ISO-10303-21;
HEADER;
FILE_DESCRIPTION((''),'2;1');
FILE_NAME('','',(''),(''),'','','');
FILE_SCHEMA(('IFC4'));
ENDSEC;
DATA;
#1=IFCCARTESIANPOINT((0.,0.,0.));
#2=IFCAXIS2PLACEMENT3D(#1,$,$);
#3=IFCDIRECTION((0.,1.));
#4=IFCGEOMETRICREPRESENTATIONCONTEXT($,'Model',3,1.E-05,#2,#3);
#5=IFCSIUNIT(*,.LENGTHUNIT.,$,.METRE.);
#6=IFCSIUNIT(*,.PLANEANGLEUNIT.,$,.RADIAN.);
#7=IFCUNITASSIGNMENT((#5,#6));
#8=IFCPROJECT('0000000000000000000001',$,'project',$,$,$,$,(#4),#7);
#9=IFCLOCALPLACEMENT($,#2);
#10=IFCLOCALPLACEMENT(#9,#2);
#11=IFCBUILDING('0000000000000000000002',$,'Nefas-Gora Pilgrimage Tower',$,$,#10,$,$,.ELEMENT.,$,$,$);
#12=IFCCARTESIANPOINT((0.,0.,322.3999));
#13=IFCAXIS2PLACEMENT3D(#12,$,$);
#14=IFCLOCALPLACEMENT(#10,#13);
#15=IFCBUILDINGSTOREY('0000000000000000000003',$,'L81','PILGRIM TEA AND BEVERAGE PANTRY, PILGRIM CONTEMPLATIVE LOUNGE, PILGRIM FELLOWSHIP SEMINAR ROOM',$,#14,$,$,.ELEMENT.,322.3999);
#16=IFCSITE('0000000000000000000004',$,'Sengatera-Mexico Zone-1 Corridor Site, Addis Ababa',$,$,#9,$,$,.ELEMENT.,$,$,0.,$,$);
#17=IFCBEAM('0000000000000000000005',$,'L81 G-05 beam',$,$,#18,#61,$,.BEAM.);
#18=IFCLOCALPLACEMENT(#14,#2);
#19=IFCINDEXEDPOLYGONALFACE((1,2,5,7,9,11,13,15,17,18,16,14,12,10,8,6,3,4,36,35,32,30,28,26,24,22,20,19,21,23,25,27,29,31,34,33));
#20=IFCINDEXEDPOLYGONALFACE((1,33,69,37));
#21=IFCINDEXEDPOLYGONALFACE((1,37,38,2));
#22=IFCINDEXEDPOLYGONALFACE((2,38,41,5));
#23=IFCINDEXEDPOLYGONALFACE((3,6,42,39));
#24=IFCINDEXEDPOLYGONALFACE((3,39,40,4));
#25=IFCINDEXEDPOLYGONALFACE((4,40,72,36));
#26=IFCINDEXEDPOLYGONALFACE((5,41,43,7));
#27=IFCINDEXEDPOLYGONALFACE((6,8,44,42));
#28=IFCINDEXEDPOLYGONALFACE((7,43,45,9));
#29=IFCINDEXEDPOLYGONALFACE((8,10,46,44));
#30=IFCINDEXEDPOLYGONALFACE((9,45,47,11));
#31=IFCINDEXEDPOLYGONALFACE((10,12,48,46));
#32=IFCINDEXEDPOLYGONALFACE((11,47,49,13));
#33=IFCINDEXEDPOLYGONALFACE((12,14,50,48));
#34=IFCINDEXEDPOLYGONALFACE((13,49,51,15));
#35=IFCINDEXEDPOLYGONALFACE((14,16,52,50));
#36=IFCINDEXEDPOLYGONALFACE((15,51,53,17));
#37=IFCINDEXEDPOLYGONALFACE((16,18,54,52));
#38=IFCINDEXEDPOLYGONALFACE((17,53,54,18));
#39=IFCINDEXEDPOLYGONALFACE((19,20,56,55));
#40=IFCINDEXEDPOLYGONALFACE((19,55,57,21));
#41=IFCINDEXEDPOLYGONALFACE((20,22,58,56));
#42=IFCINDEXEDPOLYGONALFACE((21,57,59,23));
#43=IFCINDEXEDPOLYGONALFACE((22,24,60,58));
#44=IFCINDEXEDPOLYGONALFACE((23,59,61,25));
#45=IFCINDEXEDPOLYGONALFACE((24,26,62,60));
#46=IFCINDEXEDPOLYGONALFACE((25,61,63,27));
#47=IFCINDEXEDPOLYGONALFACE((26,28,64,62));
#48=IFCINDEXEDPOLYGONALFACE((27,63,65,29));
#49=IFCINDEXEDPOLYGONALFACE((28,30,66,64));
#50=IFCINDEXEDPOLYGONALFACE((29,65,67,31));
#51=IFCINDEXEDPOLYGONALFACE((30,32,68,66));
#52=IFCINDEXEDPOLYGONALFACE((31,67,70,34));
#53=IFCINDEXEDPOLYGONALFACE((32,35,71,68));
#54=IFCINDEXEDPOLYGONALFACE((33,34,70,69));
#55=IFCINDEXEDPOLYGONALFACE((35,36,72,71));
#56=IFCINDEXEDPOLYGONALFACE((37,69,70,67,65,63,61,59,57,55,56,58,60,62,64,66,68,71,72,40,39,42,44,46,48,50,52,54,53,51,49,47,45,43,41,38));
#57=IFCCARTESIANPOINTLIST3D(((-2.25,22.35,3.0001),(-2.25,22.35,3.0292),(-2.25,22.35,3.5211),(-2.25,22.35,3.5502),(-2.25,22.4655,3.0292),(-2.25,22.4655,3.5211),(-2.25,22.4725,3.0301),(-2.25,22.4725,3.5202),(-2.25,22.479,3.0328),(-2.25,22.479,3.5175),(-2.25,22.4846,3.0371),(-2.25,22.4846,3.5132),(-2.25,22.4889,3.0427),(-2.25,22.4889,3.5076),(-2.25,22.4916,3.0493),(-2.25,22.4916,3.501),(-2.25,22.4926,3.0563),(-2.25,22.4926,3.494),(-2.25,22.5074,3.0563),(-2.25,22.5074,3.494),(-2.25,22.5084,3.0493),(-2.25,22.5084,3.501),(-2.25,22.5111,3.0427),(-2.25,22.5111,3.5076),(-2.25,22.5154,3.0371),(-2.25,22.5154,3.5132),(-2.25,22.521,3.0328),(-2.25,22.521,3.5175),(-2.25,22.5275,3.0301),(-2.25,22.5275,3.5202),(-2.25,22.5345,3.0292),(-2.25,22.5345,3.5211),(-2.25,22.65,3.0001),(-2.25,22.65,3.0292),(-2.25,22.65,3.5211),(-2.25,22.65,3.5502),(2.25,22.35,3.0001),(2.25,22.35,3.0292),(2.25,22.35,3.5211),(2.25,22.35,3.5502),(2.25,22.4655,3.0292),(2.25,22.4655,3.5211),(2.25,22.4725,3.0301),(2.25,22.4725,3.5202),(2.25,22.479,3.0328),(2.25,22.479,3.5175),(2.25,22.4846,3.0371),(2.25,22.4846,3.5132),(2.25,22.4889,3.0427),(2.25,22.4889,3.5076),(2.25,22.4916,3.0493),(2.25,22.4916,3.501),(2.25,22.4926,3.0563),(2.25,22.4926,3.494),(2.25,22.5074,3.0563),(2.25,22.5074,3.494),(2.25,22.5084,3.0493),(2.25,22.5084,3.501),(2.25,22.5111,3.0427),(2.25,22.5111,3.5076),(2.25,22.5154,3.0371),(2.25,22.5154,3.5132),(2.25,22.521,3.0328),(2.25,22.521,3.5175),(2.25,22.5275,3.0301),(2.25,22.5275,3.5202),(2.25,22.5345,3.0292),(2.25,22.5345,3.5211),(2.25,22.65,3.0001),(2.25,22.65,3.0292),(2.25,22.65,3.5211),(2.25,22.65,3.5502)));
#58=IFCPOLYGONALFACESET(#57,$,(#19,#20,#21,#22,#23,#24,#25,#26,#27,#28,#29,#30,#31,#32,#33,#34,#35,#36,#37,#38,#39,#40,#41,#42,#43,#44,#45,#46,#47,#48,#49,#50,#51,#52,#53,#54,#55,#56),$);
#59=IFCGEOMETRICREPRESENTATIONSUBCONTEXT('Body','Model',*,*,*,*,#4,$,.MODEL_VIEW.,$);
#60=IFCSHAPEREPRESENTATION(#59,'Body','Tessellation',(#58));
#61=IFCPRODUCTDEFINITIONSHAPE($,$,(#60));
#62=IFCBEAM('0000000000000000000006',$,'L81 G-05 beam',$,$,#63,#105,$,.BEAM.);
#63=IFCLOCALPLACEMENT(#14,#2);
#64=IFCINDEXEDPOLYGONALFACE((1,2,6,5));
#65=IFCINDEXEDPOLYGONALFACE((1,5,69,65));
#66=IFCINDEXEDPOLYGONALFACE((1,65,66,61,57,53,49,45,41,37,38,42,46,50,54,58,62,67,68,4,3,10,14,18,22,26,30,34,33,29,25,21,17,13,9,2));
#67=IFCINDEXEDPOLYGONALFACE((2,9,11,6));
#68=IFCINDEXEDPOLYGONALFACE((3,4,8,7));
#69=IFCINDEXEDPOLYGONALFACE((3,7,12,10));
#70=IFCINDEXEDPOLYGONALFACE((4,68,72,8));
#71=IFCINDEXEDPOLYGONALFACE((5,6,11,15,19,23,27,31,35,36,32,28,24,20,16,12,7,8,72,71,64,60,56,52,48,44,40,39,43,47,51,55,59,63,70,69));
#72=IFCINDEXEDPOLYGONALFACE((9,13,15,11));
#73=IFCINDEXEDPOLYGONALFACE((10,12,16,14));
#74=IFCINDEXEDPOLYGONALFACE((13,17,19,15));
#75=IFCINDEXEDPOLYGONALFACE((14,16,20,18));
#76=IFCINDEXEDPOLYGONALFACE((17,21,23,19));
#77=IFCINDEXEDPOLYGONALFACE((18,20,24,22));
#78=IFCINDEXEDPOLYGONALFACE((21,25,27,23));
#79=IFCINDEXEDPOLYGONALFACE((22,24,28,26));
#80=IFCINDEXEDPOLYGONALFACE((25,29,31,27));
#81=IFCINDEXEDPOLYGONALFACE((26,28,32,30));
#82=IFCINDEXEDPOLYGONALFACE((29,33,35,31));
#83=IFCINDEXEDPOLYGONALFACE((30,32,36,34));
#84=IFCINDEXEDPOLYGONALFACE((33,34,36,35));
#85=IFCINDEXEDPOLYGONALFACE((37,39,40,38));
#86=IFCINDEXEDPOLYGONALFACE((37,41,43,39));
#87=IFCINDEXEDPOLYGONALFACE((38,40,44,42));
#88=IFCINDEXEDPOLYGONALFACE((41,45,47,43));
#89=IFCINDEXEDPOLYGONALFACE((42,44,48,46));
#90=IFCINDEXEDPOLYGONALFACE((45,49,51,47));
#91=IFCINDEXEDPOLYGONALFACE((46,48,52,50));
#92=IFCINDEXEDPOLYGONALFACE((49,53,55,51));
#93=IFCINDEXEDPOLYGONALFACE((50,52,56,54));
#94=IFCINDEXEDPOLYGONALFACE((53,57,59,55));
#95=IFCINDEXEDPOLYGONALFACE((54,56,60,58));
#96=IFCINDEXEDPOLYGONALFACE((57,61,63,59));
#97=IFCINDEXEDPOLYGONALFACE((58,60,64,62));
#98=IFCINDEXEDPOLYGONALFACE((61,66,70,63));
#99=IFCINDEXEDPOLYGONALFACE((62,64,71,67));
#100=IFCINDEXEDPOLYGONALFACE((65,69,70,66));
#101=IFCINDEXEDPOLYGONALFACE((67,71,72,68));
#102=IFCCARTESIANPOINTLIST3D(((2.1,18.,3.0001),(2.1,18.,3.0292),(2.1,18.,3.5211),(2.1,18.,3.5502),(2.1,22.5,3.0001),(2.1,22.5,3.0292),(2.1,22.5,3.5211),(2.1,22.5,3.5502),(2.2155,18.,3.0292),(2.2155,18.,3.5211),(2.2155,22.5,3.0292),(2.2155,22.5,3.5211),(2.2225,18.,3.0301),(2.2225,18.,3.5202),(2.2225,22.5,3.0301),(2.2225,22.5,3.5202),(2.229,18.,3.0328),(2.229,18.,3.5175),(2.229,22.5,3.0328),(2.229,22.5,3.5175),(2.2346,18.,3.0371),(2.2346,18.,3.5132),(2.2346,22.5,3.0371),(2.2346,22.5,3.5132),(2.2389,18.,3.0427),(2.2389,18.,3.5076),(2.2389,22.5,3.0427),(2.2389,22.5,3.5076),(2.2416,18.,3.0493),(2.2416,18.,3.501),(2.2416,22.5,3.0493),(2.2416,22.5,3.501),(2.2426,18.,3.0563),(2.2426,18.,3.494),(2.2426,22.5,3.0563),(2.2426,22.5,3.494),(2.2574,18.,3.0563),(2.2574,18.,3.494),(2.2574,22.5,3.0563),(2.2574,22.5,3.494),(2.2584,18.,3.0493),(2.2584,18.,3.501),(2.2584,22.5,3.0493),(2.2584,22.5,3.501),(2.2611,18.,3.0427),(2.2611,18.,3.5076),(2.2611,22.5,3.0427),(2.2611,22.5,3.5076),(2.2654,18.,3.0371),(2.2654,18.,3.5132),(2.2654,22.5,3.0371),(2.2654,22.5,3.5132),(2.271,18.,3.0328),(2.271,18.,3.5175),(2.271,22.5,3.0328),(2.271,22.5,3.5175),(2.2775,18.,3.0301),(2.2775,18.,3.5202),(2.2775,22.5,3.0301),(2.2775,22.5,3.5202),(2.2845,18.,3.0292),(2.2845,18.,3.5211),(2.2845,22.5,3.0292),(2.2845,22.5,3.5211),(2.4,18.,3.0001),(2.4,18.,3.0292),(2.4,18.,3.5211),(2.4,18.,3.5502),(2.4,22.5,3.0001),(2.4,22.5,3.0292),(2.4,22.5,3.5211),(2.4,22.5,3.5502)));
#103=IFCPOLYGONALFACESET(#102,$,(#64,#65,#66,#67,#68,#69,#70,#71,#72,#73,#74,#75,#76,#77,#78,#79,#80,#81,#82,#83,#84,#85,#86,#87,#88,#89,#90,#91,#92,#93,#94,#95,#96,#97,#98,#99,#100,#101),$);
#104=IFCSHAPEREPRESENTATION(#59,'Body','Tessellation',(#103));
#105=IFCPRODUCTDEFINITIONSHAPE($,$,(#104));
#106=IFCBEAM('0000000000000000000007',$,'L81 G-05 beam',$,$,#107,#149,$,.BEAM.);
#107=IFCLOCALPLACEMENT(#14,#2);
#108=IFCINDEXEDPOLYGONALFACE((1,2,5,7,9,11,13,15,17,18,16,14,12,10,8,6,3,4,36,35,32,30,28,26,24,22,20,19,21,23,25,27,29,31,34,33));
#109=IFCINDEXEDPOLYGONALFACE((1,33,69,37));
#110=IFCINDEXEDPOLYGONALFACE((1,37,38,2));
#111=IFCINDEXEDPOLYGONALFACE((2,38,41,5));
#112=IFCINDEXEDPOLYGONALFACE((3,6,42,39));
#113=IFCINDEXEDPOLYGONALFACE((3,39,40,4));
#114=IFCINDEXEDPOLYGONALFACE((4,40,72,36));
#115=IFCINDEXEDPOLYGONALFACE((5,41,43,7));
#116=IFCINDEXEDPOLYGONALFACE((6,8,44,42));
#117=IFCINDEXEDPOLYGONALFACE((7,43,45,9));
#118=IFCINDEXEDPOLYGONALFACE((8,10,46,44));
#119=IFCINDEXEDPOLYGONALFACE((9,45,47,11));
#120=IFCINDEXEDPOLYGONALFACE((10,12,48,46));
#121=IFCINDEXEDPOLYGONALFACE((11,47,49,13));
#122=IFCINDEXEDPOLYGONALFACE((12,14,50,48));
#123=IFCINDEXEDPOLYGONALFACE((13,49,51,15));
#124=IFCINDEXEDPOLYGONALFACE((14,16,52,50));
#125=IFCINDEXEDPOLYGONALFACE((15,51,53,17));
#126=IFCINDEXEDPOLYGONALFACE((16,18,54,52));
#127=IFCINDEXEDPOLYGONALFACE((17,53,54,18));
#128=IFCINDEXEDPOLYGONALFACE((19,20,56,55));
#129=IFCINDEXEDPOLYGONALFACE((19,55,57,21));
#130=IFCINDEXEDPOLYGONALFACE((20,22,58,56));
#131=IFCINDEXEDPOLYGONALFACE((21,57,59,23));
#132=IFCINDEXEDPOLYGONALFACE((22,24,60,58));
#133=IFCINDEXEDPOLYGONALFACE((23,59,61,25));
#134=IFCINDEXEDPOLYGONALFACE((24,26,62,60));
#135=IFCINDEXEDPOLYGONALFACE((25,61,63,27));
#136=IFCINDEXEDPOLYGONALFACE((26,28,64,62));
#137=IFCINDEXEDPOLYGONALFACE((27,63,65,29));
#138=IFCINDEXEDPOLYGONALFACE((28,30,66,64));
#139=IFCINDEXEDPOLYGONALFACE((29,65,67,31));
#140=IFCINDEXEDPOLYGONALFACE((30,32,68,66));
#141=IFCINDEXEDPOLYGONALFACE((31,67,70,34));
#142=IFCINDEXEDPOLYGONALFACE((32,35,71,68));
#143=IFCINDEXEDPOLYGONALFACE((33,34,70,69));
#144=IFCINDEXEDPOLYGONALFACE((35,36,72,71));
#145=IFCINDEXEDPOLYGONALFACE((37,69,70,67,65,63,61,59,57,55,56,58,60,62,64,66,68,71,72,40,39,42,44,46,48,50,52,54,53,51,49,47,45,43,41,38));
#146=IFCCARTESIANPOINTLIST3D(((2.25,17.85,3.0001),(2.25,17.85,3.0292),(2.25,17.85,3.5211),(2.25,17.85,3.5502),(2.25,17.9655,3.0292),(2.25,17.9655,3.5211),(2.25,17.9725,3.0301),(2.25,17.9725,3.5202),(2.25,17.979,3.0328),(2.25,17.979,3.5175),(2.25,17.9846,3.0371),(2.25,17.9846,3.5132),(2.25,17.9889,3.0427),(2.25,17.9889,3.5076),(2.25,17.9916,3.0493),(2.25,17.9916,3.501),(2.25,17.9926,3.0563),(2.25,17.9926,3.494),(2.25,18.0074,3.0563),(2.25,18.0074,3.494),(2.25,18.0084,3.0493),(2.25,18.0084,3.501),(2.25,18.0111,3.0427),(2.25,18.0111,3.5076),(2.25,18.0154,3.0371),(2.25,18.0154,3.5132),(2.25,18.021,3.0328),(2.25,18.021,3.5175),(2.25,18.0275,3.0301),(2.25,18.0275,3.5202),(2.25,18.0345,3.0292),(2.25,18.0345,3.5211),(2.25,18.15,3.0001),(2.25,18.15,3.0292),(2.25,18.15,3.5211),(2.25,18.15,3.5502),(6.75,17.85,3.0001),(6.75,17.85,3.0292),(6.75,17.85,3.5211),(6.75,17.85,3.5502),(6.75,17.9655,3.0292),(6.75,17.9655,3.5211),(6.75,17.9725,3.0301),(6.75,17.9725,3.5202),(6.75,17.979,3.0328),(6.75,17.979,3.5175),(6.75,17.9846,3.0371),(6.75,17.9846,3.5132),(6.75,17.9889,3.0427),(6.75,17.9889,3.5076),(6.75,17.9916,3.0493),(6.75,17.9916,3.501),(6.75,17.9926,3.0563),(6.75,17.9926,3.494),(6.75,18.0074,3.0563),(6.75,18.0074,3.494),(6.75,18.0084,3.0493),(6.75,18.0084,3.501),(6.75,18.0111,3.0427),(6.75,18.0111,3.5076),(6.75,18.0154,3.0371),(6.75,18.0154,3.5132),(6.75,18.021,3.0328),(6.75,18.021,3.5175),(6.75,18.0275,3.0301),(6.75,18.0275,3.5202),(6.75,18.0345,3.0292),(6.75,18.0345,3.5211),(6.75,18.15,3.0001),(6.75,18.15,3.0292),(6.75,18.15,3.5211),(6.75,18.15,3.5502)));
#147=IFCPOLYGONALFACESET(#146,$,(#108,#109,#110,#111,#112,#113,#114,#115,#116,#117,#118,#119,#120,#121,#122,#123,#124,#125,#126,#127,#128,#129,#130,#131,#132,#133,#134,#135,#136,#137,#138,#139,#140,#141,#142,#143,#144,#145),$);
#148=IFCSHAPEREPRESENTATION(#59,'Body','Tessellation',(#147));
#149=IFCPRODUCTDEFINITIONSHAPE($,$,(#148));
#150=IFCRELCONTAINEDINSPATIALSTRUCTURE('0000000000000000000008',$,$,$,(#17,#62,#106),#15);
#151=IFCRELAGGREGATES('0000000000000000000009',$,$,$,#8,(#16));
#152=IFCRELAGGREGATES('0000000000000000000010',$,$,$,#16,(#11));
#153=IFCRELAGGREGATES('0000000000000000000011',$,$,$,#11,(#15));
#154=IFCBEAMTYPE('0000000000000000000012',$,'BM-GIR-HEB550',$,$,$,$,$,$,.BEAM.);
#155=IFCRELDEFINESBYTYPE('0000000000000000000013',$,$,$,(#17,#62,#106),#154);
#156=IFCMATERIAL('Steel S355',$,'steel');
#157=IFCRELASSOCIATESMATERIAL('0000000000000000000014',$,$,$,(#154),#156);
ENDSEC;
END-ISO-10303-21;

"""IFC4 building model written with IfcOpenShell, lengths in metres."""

from ifc_helpers import new_model, si_unit, direction, frame, origin, origin_2d, place, context, subcontext, project, spatial, i_section, extrude, source, transform, mapped, material, material_profile, profile_set, type_object, element, save


model = new_model("IFC4")

# Units and contexts
model_context = context("Model", 3, precision=1e-05, world=origin(), true_north=direction((0.0, 1.0)))
body_context = subcontext(model_context, "Body", "Model", "MODEL_VIEW")
ifc_project = project(units=[si_unit("LENGTHUNIT", "METRE"), si_unit("PLANEANGLEUNIT", "RADIAN")], contexts=[model_context])

# Site, building, storey
site_placement = place(None, origin())
site = spatial("IfcSite", under=ifc_project, at=site_placement, Name="Sengatera-Mexico Zone-1 Corridor Site, Addis Ababa", CompositionType="ELEMENT", RefElevation=0.0)
building_placement = place(site_placement, origin())
building = spatial("IfcBuilding", under=site, at=building_placement, Name="Nefas-Gora Pilgrimage Tower", CompositionType="ELEMENT")
storey_placement = place(building_placement, frame((0.0, 0.0, 322.3999)))
storey = spatial("IfcBuildingStorey", under=building, at=storey_placement, Name="L81", Description="PILGRIM TEA AND BEVERAGE PANTRY, PILGRIM CONTEMPLATIVE LOUNGE, PILGRIM FELLOWSHIP SEMINAR ROOM", CompositionType="ELEMENT", Elevation=322.3999)

# Shared definitions
ifc_material_1 = material(Name="Steel S355", Category="steel")

# Beams
ifc_material_profile_1 = material_profile(ifc_material_1, i_section(OverallWidth=0.3, OverallDepth=0.55, WebThickness=0.0149, FlangeThickness=0.0291, FilletRadius=0.0271, at=origin_2d()), Name="HEB 550")
ifc_profile_set_1 = profile_set([ifc_material_profile_1], Name="Steel S355")
beam_type = type_object("IfcBeamType", Name="BM-GIR-HEB550", PredefinedType="BEAM", material=ifc_profile_set_1)
shared_shape_1 = source(origin(), body_context, "Body", "SweptSolid", [
    extrude(i_section(OverallWidth=0.3, OverallDepth=0.55, WebThickness=0.0149, FlangeThickness=0.0291, FilletRadius=0.0271, at=origin_2d()), origin(), (0.0, 0.0, 1.0), 4.5),
])
for number, where, z_axis, x_axis, name in (
    (1, (-2.25, 22.5, 3.2751), (1.0, 0.0, 0.0), (0.0, 1.0, 0.0), "L81 G-05 beam"),
    (2, (2.25, 18.0, 3.2751), (0.0, 1.0, 0.0), (-1.0, 0.0, 0.0), "L81 G-05 beam"),
    (3, (2.25, 18.0, 3.2751), (1.0, 0.0, 0.0), (0.0, 1.0, 0.0), "L81 G-05 beam"),
):
    element("IfcBeam", number, at=place(storey_placement, frame(where, z_axis=z_axis, x_axis=x_axis)), inside=storey, type_object=beam_type, Name=name, PredefinedType="BEAM", context=body_context, shape_type="MappedRepresentation", body=[
        mapped(shared_shape_1, transform((0.0, 0.0, 0.0), x_axis=(1.0, 0.0, 0.0), y_axis=(0.0, 1.0, 0.0), z_axis=(0.0, 0.0, 1.0), scale=1.0)),
    ])

save(model, "model.ifc")
